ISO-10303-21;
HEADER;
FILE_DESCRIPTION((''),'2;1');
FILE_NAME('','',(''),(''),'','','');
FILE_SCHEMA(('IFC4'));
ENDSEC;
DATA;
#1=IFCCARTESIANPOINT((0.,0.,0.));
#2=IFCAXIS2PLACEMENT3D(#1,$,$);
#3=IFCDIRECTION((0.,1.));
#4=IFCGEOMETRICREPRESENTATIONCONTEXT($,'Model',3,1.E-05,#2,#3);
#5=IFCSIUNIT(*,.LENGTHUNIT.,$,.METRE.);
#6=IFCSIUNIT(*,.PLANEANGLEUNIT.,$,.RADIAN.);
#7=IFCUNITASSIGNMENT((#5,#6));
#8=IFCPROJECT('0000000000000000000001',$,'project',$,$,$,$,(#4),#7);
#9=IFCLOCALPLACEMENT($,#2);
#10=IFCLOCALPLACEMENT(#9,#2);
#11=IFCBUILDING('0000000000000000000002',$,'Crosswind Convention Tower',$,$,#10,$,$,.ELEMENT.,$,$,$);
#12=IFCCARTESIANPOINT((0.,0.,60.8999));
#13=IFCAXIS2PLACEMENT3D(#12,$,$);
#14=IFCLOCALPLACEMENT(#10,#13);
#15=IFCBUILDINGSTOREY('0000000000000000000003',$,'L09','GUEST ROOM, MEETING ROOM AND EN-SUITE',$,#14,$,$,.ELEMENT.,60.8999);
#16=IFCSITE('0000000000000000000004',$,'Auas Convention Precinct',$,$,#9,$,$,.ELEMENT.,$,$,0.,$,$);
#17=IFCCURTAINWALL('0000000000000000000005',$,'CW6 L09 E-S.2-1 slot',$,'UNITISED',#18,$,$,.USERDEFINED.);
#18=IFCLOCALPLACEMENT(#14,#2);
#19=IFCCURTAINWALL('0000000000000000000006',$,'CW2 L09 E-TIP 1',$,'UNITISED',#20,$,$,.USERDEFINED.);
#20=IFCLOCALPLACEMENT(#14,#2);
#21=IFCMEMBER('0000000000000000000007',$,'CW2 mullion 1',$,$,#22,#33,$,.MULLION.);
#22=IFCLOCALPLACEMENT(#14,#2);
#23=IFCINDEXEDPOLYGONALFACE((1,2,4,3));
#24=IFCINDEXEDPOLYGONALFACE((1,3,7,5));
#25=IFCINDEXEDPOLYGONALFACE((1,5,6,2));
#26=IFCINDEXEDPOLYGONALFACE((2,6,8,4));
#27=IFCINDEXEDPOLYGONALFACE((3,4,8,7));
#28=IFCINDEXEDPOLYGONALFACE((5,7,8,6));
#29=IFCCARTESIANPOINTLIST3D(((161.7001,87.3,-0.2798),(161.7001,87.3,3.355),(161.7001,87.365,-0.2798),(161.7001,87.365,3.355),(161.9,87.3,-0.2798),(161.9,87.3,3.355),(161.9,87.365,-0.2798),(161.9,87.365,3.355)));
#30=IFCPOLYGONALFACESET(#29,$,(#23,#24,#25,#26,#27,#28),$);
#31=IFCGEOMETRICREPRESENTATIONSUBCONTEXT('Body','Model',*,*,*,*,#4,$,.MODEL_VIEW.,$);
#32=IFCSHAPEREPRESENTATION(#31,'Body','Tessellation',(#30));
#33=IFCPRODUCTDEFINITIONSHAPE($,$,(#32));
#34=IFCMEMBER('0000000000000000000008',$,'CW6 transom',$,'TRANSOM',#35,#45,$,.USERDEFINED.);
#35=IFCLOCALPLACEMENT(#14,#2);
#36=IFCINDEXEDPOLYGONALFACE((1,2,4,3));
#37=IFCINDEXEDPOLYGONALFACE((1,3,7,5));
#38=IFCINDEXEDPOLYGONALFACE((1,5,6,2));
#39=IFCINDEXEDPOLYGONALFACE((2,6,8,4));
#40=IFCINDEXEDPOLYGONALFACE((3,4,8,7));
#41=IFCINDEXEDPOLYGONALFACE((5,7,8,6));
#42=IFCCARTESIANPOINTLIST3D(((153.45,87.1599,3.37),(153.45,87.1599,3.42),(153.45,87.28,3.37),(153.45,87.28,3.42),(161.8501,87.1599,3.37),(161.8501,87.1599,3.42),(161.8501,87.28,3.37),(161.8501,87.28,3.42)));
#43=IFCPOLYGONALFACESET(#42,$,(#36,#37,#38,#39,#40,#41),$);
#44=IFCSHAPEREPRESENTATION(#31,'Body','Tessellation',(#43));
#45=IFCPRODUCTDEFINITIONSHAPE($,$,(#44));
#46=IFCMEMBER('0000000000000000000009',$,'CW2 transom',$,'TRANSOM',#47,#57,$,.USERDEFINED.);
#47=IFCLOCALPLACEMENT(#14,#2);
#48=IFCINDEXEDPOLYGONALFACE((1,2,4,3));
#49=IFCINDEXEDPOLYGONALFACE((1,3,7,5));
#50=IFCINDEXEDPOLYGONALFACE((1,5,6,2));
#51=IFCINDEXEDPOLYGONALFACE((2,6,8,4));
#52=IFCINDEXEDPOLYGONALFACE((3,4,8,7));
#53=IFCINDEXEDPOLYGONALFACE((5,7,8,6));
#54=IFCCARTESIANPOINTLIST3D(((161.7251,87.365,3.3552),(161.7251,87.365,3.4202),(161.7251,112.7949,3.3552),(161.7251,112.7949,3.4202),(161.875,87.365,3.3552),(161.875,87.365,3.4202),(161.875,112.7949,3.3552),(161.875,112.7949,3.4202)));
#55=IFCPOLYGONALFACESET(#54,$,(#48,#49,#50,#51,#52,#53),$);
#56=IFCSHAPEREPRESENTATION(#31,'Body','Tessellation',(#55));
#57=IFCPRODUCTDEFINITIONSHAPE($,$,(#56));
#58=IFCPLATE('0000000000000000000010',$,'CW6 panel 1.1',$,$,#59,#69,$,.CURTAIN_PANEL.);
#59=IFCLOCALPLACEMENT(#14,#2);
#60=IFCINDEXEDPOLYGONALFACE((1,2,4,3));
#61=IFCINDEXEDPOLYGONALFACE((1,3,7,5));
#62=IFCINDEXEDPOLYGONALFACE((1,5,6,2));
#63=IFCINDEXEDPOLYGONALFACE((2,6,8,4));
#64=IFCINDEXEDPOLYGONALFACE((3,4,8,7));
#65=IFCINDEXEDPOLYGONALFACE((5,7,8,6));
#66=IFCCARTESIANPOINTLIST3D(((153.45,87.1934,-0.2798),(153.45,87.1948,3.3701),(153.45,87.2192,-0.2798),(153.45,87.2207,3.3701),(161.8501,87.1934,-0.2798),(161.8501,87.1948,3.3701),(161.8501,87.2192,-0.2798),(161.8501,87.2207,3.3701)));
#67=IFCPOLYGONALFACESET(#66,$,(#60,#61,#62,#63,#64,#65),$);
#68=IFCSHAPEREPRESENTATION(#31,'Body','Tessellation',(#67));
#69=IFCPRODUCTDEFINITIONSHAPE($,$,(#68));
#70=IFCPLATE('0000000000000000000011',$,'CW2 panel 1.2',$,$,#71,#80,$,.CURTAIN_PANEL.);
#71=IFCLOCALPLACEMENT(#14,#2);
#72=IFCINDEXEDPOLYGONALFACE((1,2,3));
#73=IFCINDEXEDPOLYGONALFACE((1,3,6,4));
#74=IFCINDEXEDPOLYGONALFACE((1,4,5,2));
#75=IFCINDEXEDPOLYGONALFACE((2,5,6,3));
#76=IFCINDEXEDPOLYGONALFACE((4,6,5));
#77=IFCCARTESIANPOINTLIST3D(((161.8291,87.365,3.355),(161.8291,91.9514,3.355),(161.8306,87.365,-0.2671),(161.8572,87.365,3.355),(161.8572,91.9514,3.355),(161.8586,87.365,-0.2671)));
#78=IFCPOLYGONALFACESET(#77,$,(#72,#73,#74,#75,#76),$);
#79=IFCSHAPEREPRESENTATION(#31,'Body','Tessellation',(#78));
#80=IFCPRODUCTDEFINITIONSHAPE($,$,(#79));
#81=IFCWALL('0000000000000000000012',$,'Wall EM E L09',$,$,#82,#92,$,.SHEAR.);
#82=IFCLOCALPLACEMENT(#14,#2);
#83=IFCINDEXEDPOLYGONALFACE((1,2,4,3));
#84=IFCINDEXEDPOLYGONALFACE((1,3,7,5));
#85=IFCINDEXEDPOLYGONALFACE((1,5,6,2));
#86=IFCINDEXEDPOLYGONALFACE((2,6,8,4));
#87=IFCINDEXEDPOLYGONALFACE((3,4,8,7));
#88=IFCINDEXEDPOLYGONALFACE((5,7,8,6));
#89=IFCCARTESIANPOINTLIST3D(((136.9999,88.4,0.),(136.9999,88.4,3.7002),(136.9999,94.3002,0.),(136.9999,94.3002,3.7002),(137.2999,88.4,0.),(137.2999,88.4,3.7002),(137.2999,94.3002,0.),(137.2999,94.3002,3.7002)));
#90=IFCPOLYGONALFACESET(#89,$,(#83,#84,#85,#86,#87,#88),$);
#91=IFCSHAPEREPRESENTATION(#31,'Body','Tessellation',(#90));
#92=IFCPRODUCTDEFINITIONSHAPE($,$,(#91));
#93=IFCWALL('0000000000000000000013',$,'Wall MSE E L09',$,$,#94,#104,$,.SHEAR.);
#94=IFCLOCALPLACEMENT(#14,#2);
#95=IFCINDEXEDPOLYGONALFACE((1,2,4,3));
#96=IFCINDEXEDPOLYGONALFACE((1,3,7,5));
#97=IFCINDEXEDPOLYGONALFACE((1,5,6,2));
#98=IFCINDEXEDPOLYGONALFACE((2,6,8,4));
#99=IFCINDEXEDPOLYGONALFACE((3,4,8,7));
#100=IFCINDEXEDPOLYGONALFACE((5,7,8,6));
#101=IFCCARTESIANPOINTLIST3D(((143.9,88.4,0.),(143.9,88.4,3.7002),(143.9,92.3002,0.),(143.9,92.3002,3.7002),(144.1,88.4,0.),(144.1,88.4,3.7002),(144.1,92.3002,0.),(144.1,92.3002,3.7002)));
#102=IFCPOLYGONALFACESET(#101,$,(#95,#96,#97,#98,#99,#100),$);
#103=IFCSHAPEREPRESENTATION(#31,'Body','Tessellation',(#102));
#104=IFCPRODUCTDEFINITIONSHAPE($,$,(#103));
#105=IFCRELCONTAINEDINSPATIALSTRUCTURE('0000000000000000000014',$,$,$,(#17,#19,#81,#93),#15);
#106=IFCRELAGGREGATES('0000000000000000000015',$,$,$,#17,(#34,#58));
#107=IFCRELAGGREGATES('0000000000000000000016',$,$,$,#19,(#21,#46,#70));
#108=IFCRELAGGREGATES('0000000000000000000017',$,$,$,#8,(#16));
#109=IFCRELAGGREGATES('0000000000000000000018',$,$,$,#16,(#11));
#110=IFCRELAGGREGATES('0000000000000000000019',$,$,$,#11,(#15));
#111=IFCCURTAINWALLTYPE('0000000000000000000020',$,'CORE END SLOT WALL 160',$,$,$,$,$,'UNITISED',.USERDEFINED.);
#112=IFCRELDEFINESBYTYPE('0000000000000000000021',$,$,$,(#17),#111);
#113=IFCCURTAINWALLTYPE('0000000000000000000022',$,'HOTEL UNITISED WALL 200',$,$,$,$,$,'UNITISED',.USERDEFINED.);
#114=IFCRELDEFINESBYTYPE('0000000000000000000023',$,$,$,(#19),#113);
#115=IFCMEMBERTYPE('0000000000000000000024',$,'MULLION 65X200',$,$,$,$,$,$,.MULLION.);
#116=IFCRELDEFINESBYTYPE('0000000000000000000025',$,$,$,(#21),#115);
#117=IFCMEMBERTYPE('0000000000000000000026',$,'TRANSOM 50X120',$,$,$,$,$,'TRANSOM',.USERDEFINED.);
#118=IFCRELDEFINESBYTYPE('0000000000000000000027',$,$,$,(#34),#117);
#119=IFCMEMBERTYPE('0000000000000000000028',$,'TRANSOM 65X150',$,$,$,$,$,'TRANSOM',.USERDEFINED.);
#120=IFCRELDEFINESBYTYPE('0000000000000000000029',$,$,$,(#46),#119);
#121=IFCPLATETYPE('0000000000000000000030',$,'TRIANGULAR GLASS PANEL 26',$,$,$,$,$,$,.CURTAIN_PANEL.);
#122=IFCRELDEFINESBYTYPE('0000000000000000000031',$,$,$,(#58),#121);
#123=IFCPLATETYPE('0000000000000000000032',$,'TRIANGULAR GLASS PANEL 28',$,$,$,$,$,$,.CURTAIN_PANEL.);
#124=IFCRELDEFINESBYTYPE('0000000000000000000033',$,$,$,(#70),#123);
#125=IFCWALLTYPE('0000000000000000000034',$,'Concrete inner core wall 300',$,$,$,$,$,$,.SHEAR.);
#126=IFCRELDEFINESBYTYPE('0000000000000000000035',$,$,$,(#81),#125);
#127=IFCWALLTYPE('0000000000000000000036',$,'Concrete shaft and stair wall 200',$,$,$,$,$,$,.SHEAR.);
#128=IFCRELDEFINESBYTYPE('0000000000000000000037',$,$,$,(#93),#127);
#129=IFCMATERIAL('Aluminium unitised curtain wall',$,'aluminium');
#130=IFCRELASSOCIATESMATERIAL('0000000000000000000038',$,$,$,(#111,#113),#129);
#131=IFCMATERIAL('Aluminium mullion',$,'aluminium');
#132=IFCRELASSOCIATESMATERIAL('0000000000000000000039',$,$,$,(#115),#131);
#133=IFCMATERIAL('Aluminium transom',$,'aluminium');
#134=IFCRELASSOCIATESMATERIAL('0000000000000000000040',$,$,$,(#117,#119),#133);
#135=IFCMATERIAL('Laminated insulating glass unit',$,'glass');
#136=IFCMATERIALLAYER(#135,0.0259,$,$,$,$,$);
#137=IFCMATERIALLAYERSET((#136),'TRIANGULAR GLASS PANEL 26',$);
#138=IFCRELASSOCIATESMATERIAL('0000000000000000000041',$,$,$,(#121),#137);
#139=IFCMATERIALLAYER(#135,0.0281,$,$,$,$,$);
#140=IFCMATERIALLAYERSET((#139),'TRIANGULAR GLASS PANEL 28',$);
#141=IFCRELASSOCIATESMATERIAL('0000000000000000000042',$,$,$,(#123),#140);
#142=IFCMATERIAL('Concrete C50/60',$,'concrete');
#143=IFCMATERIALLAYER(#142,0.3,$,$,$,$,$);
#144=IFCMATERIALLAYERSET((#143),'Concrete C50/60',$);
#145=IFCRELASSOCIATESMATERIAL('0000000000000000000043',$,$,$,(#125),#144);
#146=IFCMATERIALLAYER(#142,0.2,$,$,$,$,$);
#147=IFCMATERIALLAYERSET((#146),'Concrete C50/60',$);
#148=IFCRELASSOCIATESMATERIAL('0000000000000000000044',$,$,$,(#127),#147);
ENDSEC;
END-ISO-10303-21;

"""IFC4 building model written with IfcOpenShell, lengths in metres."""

from ifc_helpers import new_model, si_unit, direction, frame, frame_2d, origin, origin_2d, place, context, subcontext, project, spatial, polyline, rectangle, outline, extrude, material, layer, layer_set, material_profile, profile_set, type_object, element, aggregate, save


model = new_model("IFC4")

# Units and contexts
model_context = context("Model", 3, precision=1e-05, world=origin(), true_north=direction((0.0, 1.0)))
body_context = subcontext(model_context, "Body", "Model", "MODEL_VIEW")
ifc_project = project(units=[si_unit("LENGTHUNIT", "METRE"), si_unit("PLANEANGLEUNIT", "RADIAN")], contexts=[model_context])

# Site, building, storey
site_placement = place(None, origin())
site = spatial("IfcSite", under=ifc_project, at=site_placement, Name="Auas Convention Precinct", CompositionType="ELEMENT", RefElevation=0.0)
building_placement = place(site_placement, origin())
building = spatial("IfcBuilding", under=site, at=building_placement, Name="Crosswind Convention Tower", CompositionType="ELEMENT")
storey_placement = place(building_placement, frame((0.0, 0.0, 60.8999)))
storey = spatial("IfcBuildingStorey", under=building, at=storey_placement, Name="L09", Description="GUEST ROOM, MEETING ROOM AND EN-SUITE", CompositionType="ELEMENT", Elevation=60.8999)

# Curtain wall
ifc_material_1 = material(Name="Aluminium unitised curtain wall", Category="aluminium")
curtain_wall_type_1 = type_object("IfcCurtainWallType", Name="CORE END SLOT WALL 160", ElementType="UNITISED", PredefinedType="USERDEFINED", material=ifc_material_1)
curtain_wall_1_placement = place(storey_placement, origin())
curtain_wall_1 = element("IfcCurtainWall", 1, at=curtain_wall_1_placement, inside=storey, type_object=curtain_wall_type_1, Name="CW6 L09 E-S.2-1 slot", ObjectType="UNITISED", PredefinedType="USERDEFINED")
ifc_material_2 = material(Name="Aluminium mullion", Category="aluminium")

# Curtain wall, member
curtain_wall_type_2 = type_object("IfcCurtainWallType", Name="HOTEL UNITISED WALL 200", ElementType="UNITISED", PredefinedType="USERDEFINED", material=ifc_material_1)
curtain_wall_2_placement = place(storey_placement, origin())
curtain_wall_2 = element("IfcCurtainWall", 2, at=curtain_wall_2_placement, inside=storey, type_object=curtain_wall_type_2, Name="CW2 L09 E-TIP 1", ObjectType="UNITISED", PredefinedType="USERDEFINED")
ifc_material_profile_1 = material_profile(ifc_material_2, rectangle(XDim=0.2, YDim=0.0649, at=origin_2d()), Name="AL 200X65")
ifc_profile_set_1 = profile_set([ifc_material_profile_1], Name="Aluminium mullion")
member_type_1 = type_object("IfcMemberType", Name="MULLION 65X200", PredefinedType="MULLION", material=ifc_profile_set_1)
member_1_placement = place(storey_placement, frame((161.8, 87.3325, -0.2798), z_axis=(0.0, 0.0, 1.0), x_axis=(1.0, 0.0, 0.0)))
member_1 = element("IfcMember", 3, at=member_1_placement, type_object=member_type_1, Name="CW2 mullion 1", PredefinedType="MULLION", context=body_context, shape_type="SweptSolid", body=[
    extrude(rectangle(XDim=0.2, YDim=0.0649, at=origin_2d()), origin(), (0.0, 0.0, 1.0), 3.6348),
])

# Members
ifc_material_3 = material(Name="Aluminium transom", Category="aluminium")
ifc_material_profile_2 = material_profile(ifc_material_3, rectangle(XDim=0.1201, YDim=0.05, at=origin_2d()), Name="AL 120X50")
ifc_profile_set_2 = profile_set([ifc_material_profile_2], Name="Aluminium transom")
member_type_2 = type_object("IfcMemberType", Name="TRANSOM 50X120", ElementType="TRANSOM", PredefinedType="USERDEFINED", material=ifc_profile_set_2)
member_2_placement = place(storey_placement, frame((153.45, 87.22, 3.395), z_axis=(1.0, 0.0, 0.0), x_axis=(0.0, 1.0, 0.0)))
member_2 = element("IfcMember", 4, at=member_2_placement, type_object=member_type_2, Name="CW6 transom", ObjectType="TRANSOM", PredefinedType="USERDEFINED", context=body_context, shape_type="SweptSolid", body=[
    extrude(rectangle(XDim=0.1201, YDim=0.05, at=origin_2d()), origin(), (0.0, 0.0, 1.0), 8.4001),
])
ifc_material_profile_3 = material_profile(ifc_material_3, rectangle(XDim=0.1499, YDim=0.0649, at=origin_2d()), Name="AL 150X65")
ifc_profile_set_3 = profile_set([ifc_material_profile_3], Name="Aluminium transom")
member_type_3 = type_object("IfcMemberType", Name="TRANSOM 65X150", ElementType="TRANSOM", PredefinedType="USERDEFINED", material=ifc_profile_set_3)
member_3_placement = place(storey_placement, frame((161.8, 87.365, 3.3877), z_axis=(0.0, 1.0, 0.0), x_axis=(-1.0, 0.0, 0.0)))
member_3 = element("IfcMember", 5, at=member_3_placement, type_object=member_type_3, Name="CW2 transom", ObjectType="TRANSOM", PredefinedType="USERDEFINED", context=body_context, shape_type="SweptSolid", body=[
    extrude(rectangle(XDim=0.1499, YDim=0.0649, at=origin_2d()), origin(), (0.0, 0.0, 1.0), 25.4299),
])

# Plates
ifc_material_4 = material(Name="Laminated insulating glass unit", Category="glass")
ifc_layer_1 = layer(ifc_material_4, 0.0259)
ifc_layer_set_1 = layer_set([ifc_layer_1], Name="TRIANGULAR GLASS PANEL 26")
plate_type_1 = type_object("IfcPlateType", Name="TRIANGULAR GLASS PANEL 26", PredefinedType="CURTAIN_PANEL", material=ifc_layer_set_1)
plate_1_placement = place(storey_placement, frame((153.45, 87.1934, -0.2798), z_axis=(0.0, -1.0, 0.000401), x_axis=(1.0, 0.0, 0.0)))
plate_1 = element("IfcPlate", 6, at=plate_1_placement, type_object=plate_type_1, Name="CW6 panel 1.1", PredefinedType="CURTAIN_PANEL", context=body_context, shape_type="SweptSolid", body=[
    extrude(outline(polyline([(0.0, 0.0), (8.4001, 0.0), (8.4001, 3.6499), (0.0, 3.6499), (0.0, 0.0)])), origin(), (0.0, 0.0, -1.0), 0.0259),
])
aggregate(curtain_wall_1, [member_2, plate_1])
ifc_layer_2 = layer(ifc_material_4, 0.0281)
ifc_layer_set_2 = layer_set([ifc_layer_2], Name="TRIANGULAR GLASS PANEL 28")
plate_type_2 = type_object("IfcPlateType", Name="TRIANGULAR GLASS PANEL 28", PredefinedType="CURTAIN_PANEL", material=ifc_layer_set_2)
plate_2_placement = place(storey_placement, frame((161.8572, 87.365, 3.355), z_axis=(1.0, 0.0, 0.000404), x_axis=(0.000404, 0.0, -1.0)))
plate_2 = element("IfcPlate", 7, at=plate_2_placement, type_object=plate_type_2, Name="CW2 panel 1.2", PredefinedType="CURTAIN_PANEL", context=body_context, shape_type="SweptSolid", body=[
    extrude(outline(polyline([(0.0, 0.0), (3.6221, 0.0), (0.0, 4.5864), (0.0, 0.0)])), origin(), (0.0, 0.0, -1.0), 0.0281),
])

# Walls
ifc_material_5 = material(Name="Concrete C50/60", Category="concrete")
ifc_layer_3 = layer(ifc_material_5, 0.3)
ifc_layer_set_3 = layer_set([ifc_layer_3], Name="Concrete C50/60")
wall_type_1 = type_object("IfcWallType", Name="Concrete inner core wall 300", PredefinedType="SHEAR", material=ifc_layer_set_3)
wall_1_placement = place(storey_placement, frame((137.1499, 88.3999, 0.0), z_axis=(0.0, 0.0, 1.0), x_axis=(0.0, 1.0, 0.0)))
element("IfcWall", 8, at=wall_1_placement, inside=storey, type_object=wall_type_1, Name="Wall EM E L09", PredefinedType="SHEAR", context=body_context, shape_type="SweptSolid", body=[
    extrude(rectangle(XDim=5.9001, YDim=0.3, at=frame_2d((2.9502, 0.0))), origin(), (0.0, 0.0, 1.0), 3.7002),
])
ifc_layer_4 = layer(ifc_material_5, 0.2)
ifc_layer_set_4 = layer_set([ifc_layer_4], Name="Concrete C50/60")
wall_type_2 = type_object("IfcWallType", Name="Concrete shaft and stair wall 200", PredefinedType="SHEAR", material=ifc_layer_set_4)
wall_2_placement = place(storey_placement, frame((144.0, 88.3999, 0.0), z_axis=(0.0, 0.0, 1.0), x_axis=(0.0, 1.0, 0.0)))
element("IfcWall", 9, at=wall_2_placement, inside=storey, type_object=wall_type_2, Name="Wall MSE E L09", PredefinedType="SHEAR", context=body_context, shape_type="SweptSolid", body=[
    extrude(rectangle(XDim=3.9001, YDim=0.2, at=frame_2d((1.9502, 0.0))), origin(), (0.0, 0.0, 1.0), 3.7002),
])

aggregate(curtain_wall_2, [member_1, member_3, plate_2])

save(model, "model.ifc")
